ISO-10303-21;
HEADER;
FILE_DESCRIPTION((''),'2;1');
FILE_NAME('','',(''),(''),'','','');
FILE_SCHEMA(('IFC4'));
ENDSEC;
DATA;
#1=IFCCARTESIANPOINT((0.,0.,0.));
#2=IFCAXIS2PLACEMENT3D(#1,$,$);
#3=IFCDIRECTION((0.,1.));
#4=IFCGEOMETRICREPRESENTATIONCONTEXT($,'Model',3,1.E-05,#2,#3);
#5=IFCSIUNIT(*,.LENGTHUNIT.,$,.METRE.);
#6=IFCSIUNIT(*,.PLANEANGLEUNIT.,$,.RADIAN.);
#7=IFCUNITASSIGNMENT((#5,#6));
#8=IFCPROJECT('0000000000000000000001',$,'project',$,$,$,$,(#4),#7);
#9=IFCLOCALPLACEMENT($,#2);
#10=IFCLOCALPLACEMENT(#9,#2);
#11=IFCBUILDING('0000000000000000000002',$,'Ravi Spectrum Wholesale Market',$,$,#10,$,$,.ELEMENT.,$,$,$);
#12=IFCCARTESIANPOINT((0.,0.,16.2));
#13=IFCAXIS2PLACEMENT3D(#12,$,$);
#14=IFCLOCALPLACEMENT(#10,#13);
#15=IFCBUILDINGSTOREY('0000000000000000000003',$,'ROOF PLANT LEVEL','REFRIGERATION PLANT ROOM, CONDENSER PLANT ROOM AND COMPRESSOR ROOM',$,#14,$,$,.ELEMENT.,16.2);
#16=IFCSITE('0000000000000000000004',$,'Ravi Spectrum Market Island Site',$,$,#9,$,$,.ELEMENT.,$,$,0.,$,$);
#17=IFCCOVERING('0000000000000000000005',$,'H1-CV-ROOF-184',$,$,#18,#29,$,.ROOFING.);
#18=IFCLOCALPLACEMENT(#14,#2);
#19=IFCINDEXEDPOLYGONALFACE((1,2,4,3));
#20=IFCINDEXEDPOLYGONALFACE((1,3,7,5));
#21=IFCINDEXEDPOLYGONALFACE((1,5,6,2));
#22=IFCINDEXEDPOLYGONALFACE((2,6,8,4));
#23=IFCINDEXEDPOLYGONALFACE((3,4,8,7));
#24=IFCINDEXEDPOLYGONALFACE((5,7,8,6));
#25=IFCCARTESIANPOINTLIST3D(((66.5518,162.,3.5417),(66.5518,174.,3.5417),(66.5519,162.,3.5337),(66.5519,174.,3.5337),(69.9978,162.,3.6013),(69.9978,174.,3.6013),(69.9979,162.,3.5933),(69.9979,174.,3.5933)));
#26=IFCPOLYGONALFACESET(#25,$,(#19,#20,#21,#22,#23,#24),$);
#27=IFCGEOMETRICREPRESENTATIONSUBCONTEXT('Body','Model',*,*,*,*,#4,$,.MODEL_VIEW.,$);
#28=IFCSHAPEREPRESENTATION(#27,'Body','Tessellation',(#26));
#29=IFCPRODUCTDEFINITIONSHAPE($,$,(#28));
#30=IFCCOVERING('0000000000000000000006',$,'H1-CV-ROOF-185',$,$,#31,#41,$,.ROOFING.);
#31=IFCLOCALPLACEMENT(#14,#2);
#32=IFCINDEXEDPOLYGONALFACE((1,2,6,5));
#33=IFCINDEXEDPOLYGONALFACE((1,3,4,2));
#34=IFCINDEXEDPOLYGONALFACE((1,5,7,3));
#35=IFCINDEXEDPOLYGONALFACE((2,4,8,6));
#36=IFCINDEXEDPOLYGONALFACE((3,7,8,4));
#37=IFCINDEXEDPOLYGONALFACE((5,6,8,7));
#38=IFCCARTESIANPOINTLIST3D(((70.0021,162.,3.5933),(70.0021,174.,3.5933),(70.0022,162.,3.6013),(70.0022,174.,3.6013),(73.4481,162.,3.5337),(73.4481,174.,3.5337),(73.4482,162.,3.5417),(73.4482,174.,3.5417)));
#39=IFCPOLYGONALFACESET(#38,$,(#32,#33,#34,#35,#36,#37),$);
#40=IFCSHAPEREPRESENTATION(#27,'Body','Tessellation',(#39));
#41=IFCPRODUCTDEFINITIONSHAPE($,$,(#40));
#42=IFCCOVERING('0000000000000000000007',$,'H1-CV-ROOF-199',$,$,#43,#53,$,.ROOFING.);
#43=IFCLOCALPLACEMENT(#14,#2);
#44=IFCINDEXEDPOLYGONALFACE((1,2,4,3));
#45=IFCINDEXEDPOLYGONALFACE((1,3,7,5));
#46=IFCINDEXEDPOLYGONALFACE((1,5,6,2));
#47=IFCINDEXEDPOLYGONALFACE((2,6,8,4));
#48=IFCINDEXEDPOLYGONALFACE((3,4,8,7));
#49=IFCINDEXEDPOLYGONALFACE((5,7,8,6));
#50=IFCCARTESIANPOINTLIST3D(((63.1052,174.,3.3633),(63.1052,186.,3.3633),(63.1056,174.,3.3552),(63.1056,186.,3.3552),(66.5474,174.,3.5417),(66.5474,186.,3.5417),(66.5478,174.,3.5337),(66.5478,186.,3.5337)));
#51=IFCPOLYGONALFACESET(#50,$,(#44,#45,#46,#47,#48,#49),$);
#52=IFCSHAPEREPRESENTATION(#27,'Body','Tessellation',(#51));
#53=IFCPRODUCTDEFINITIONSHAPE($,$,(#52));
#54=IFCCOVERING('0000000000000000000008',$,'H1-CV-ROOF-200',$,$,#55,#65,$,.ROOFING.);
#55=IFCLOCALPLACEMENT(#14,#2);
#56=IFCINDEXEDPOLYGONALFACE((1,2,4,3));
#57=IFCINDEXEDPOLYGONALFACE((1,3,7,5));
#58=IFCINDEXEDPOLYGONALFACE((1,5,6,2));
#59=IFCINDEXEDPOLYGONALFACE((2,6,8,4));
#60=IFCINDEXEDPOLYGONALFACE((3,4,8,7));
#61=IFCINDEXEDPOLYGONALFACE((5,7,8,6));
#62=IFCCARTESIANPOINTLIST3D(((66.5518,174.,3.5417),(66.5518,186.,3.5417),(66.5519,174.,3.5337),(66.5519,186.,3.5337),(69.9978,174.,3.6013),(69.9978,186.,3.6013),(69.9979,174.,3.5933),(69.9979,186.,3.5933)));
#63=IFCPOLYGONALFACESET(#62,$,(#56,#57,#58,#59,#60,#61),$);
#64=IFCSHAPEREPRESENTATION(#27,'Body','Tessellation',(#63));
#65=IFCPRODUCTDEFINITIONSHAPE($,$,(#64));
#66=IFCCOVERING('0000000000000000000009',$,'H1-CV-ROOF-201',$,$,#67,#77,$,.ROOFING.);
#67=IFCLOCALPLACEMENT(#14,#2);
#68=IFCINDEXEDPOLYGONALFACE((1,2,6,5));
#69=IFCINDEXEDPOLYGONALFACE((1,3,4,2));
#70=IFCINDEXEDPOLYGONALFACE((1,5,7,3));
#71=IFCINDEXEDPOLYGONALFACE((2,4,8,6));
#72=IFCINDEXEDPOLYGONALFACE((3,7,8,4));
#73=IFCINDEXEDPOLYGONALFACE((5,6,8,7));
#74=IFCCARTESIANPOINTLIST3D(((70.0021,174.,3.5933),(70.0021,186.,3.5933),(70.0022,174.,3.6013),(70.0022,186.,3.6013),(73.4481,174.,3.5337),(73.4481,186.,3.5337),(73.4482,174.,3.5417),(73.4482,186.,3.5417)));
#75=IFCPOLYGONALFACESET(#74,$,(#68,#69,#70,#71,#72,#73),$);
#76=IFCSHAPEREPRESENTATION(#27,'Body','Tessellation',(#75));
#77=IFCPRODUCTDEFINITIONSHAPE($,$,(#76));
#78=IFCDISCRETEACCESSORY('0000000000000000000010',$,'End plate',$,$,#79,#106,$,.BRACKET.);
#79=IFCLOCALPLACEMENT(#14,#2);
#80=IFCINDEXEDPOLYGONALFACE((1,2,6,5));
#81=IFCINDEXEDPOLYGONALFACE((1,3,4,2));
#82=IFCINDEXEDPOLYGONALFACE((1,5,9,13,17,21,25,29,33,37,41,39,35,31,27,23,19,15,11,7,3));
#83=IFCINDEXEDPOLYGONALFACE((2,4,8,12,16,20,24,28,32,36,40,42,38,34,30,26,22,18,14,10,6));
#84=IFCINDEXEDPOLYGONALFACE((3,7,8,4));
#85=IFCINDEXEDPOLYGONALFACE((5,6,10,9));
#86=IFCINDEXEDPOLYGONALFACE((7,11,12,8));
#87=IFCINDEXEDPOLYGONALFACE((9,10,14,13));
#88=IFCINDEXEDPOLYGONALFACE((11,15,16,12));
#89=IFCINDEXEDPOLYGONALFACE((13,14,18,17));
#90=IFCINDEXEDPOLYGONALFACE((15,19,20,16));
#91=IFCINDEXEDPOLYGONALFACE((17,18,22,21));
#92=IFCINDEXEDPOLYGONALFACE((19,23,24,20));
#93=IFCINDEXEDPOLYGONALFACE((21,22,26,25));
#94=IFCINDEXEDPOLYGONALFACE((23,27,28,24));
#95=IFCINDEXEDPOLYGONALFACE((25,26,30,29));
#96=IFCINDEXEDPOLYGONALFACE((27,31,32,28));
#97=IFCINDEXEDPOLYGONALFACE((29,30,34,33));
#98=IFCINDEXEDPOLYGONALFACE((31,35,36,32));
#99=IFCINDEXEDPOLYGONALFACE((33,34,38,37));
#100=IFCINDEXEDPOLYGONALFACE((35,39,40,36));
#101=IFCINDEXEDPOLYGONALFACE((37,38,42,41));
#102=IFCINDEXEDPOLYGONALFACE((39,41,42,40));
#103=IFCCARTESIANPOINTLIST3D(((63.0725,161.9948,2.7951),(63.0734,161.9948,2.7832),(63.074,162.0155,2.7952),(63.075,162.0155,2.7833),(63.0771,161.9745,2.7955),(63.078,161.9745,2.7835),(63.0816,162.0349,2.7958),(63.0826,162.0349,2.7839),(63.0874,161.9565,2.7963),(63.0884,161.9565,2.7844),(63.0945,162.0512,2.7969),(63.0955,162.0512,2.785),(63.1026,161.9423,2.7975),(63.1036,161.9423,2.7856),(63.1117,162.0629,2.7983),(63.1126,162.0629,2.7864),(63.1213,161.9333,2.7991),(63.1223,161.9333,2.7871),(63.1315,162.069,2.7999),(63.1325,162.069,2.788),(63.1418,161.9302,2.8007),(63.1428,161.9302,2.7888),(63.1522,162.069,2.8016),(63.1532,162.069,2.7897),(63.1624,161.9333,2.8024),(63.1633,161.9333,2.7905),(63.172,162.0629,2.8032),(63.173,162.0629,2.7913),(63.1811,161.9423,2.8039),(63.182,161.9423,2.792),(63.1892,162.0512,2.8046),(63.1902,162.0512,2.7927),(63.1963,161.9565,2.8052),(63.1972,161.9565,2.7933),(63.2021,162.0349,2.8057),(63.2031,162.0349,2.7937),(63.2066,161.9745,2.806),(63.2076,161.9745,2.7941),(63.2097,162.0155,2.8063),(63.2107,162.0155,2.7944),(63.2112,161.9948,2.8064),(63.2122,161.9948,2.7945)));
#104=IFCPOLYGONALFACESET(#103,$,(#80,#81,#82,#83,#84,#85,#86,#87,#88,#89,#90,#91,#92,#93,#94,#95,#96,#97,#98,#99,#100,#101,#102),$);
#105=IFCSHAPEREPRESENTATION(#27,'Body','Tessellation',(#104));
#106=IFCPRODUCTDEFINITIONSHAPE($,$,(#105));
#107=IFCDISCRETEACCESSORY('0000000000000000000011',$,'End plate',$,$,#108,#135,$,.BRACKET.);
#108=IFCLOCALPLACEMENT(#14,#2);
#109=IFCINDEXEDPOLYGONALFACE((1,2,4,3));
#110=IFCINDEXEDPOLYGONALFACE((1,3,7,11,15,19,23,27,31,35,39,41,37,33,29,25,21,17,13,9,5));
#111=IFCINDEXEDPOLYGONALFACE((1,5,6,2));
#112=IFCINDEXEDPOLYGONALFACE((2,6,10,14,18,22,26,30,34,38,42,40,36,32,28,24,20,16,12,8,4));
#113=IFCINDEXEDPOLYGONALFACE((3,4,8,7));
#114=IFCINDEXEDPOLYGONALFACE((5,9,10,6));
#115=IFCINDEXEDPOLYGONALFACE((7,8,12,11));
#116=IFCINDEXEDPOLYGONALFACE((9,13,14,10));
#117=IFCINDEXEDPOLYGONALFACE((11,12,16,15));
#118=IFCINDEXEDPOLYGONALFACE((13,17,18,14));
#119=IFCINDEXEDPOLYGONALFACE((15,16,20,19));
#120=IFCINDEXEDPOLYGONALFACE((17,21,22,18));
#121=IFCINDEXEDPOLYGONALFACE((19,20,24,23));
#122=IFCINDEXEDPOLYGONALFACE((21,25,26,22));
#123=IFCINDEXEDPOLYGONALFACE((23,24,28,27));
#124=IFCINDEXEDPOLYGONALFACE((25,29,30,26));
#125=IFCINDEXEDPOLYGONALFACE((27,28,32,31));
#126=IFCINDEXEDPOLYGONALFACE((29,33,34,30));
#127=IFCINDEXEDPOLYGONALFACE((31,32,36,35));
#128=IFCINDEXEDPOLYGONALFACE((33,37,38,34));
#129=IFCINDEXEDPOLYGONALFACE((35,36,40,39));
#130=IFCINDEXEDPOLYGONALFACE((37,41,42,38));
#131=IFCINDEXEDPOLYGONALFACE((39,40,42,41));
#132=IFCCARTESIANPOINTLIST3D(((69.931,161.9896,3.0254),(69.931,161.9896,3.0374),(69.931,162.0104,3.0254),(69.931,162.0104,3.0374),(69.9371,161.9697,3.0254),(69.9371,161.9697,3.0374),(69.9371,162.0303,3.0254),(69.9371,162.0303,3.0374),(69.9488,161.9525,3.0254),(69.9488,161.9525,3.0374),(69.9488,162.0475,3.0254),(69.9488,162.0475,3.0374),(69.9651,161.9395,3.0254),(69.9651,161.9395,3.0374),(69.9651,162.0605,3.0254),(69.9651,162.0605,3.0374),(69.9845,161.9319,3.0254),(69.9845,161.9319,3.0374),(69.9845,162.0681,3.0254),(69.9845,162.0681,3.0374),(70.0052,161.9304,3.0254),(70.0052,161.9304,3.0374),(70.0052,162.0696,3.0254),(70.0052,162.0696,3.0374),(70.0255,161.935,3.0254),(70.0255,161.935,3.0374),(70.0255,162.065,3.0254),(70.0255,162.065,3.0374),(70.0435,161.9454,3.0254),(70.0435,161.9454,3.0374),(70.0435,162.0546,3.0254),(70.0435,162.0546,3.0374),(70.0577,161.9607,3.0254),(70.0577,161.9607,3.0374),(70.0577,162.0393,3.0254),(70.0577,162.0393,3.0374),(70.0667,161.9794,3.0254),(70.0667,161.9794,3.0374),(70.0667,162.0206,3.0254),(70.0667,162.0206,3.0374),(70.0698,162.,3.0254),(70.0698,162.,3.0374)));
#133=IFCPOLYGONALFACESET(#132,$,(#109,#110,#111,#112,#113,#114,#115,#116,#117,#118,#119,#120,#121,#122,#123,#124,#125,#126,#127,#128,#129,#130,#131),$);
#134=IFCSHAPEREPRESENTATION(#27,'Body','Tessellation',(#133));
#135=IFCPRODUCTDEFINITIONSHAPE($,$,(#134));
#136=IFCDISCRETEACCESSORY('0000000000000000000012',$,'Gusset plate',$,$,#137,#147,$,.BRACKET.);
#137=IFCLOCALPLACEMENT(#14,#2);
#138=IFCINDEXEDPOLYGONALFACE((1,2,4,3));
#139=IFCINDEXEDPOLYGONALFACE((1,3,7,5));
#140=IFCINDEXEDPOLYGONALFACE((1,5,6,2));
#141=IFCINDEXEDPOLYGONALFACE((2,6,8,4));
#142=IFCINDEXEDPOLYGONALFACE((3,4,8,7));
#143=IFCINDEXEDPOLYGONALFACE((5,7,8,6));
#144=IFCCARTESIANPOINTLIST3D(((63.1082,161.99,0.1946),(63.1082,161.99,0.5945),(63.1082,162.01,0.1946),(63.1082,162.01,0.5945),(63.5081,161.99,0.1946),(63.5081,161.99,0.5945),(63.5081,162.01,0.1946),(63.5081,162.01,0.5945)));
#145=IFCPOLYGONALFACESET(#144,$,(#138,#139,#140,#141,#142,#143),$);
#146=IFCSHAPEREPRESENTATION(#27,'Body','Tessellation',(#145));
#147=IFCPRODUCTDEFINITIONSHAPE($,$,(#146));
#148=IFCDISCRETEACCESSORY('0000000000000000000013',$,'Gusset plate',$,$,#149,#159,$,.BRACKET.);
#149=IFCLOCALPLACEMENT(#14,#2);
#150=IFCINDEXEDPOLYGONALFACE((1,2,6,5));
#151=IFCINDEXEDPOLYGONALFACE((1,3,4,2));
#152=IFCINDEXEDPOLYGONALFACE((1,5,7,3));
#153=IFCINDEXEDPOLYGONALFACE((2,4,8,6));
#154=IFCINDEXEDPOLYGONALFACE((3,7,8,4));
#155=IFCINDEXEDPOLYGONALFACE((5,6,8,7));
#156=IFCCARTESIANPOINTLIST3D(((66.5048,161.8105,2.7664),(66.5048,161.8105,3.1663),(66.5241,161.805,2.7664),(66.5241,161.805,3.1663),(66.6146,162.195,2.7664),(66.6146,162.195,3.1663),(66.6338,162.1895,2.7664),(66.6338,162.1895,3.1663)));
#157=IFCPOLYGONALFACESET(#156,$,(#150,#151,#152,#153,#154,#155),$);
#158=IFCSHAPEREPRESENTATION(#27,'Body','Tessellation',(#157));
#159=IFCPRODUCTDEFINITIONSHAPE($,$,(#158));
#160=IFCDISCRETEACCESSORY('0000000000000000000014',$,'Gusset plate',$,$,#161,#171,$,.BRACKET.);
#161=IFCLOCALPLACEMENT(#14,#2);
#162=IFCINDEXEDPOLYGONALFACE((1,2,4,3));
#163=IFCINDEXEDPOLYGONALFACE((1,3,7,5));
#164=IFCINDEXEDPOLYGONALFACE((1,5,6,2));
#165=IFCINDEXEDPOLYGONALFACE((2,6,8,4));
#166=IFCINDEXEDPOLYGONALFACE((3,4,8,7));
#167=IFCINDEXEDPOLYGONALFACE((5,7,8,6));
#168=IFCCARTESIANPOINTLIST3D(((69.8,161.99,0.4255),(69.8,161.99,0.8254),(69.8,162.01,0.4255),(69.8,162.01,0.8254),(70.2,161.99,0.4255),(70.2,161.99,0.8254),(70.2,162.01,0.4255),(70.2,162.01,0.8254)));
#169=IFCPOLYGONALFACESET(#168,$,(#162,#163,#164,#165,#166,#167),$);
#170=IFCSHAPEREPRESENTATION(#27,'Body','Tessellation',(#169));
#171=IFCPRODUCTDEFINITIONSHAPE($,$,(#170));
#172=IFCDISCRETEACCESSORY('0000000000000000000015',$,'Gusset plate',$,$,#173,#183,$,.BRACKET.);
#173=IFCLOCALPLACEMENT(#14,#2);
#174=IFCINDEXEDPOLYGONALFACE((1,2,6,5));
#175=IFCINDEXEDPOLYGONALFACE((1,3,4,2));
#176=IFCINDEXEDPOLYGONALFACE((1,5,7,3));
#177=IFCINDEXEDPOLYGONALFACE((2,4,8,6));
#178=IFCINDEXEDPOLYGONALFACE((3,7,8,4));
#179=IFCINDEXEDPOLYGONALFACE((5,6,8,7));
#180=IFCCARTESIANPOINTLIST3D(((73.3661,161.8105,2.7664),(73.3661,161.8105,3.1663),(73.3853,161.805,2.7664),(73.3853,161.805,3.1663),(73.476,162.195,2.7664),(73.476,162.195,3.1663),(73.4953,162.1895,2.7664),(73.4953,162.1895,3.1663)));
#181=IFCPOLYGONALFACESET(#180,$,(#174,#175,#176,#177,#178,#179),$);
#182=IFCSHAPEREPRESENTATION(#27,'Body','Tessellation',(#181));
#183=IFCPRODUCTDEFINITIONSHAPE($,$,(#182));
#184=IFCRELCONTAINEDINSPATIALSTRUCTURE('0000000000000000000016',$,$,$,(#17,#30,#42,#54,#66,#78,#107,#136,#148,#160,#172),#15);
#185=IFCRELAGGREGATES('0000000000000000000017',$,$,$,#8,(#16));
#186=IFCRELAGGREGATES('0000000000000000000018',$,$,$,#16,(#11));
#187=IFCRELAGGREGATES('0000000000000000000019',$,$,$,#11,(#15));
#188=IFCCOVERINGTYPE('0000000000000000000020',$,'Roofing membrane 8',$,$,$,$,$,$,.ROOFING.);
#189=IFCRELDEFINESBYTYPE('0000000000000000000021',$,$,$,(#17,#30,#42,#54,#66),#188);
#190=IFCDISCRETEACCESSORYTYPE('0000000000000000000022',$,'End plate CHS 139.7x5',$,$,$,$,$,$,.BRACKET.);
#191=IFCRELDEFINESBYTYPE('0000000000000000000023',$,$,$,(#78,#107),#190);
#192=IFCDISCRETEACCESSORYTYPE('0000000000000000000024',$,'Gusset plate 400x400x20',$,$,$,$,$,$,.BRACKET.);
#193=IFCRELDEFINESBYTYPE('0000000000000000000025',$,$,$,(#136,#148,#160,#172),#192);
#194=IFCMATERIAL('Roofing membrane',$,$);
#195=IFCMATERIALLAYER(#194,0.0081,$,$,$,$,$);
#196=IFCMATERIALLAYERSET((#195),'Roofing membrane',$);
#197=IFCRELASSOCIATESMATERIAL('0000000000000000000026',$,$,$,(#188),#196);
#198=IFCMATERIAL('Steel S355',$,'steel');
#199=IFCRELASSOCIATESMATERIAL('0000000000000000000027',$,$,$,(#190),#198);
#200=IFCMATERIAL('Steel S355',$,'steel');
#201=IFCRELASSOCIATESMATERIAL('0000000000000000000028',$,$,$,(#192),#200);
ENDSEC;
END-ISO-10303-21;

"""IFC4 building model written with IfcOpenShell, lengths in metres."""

from ifc_helpers import new_model, si_unit, direction, frame, origin, origin_2d, place, context, subcontext, project, spatial, polyline, rectangle, circle, outline, extrude, material, layer, layer_set, material_profile, profile_set, type_object, element, save


model = new_model("IFC4")

# Units and contexts
model_context = context("Model", 3, precision=1e-05, world=origin(), true_north=direction((0.0, 1.0)))
body_context = subcontext(model_context, "Body", "Model", "MODEL_VIEW")
ifc_project = project(units=[si_unit("LENGTHUNIT", "METRE"), si_unit("PLANEANGLEUNIT", "RADIAN")], contexts=[model_context])

# Site, building, storey
site_placement = place(None, origin())
site = spatial("IfcSite", under=ifc_project, at=site_placement, Name="Ravi Spectrum Market Island Site", CompositionType="ELEMENT", RefElevation=0.0)
building_placement = place(site_placement, origin())
building = spatial("IfcBuilding", under=site, at=building_placement, Name="Ravi Spectrum Wholesale Market", CompositionType="ELEMENT")
storey_placement = place(building_placement, frame((0.0, 0.0, 16.2)))
storey = spatial("IfcBuildingStorey", under=building, at=storey_placement, Name="ROOF PLANT LEVEL", Description="REFRIGERATION PLANT ROOM, CONDENSER PLANT ROOM AND COMPRESSOR ROOM", CompositionType="ELEMENT", Elevation=16.2)

# Coverings
ifc_material_1 = material(Name="Roofing membrane")
ifc_layer_1 = layer(ifc_material_1, 0.0081)
ifc_layer_set_1 = layer_set([ifc_layer_1], Name="Roofing membrane")
covering_type = type_object("IfcCoveringType", Name="Roofing membrane 8", PredefinedType="ROOFING", material=ifc_layer_set_1)
for number, where, z_axis, x_axis, name in (
    (1, (66.5518, 162.0, 3.5417), (-0.017284, 0.0, 0.999851), (0.999851, 0.0, 0.017284), "H1-CV-ROOF-184"),
    (2, (70.0022, 162.0, 3.6013), (0.017284, 0.0, 0.999851), (0.999851, 0.0, -0.017284), "H1-CV-ROOF-185"),
):
    element("IfcCovering", number, at=place(storey_placement, frame(where, z_axis=z_axis, x_axis=x_axis)), inside=storey, type_object=covering_type, Name=name, PredefinedType="ROOFING", context=body_context, shape_type="SweptSolid", body=[
        extrude(outline(polyline([(0.0, 0.0), (3.4466, 0.0), (3.4466, 12.0), (0.0, 12.0), (0.0, 0.0)])), origin(), (0.0, 0.0, -1.0), 0.0081),
    ])
covering_placement = place(storey_placement, frame((63.1052, 174.0, 3.3633), z_axis=(-0.051778, 0.0, 0.998659), x_axis=(0.998659, 0.0, 0.051778)))
element("IfcCovering", 3, at=covering_placement, inside=storey, type_object=covering_type, Name="H1-CV-ROOF-199", PredefinedType="ROOFING", context=body_context, shape_type="SweptSolid", body=[
    extrude(outline(polyline([(0.0, 0.0), (3.4468, 0.0), (3.4468, 12.0), (0.0, 12.0), (0.0, 0.0)])), origin(), (0.0, 0.0, -1.0), 0.0081),
])
for number, where, z_axis, x_axis, name in (
    (4, (66.5518, 174.0, 3.5417), (-0.017284, 0.0, 0.999851), (0.999851, 0.0, 0.017284), "H1-CV-ROOF-200"),
    (5, (70.0022, 174.0, 3.6013), (0.017284, 0.0, 0.999851), (0.999851, 0.0, -0.017284), "H1-CV-ROOF-201"),
):
    element("IfcCovering", number, at=place(storey_placement, frame(where, z_axis=z_axis, x_axis=x_axis)), inside=storey, type_object=covering_type, Name=name, PredefinedType="ROOFING", context=body_context, shape_type="SweptSolid", body=[
        extrude(outline(polyline([(0.0, 0.0), (3.4466, 0.0), (3.4466, 12.0), (0.0, 12.0), (0.0, 0.0)])), origin(), (0.0, 0.0, -1.0), 0.0081),
    ])

# Discrete accessories
ifc_material_2 = material(Name="Steel S355", Category="steel")
ifc_material_profile_1 = material_profile(ifc_material_2, circle(Radius=0.0698, at=origin_2d()))
ifc_profile_set_1 = profile_set([ifc_material_profile_1], Name="Steel S355")
discrete_accessory_type_1 = type_object("IfcDiscreteAccessoryType", Name="End plate CHS 139.7x5", PredefinedType="BRACKET", material=ifc_profile_set_1)
for number, where, z_axis, x_axis, name in (
    (6, (63.1428, 162.0, 2.7888), (-0.081362, 0.0, 0.996685), (0.0, -1.0, 0.0), "End plate"),
    (7, (70.0, 162.0, 3.0254), (0.0, 0.0, 1.0), (1.0, 0.0, 0.0), "End plate"),
):
    element("IfcDiscreteAccessory", number, at=place(storey_placement, frame(where, z_axis=z_axis, x_axis=x_axis)), inside=storey, type_object=discrete_accessory_type_1, Name=name, PredefinedType="BRACKET", context=body_context, shape_type="SweptSolid", body=[
        extrude(circle(Radius=0.0698, at=origin_2d()), origin(), (0.0, 0.0, 1.0), 0.012),
    ])
ifc_material_3 = material(Name="Steel S355", Category="steel")
ifc_material_profile_2 = material_profile(ifc_material_3, rectangle(XDim=0.3999, YDim=0.02, at=origin_2d()))
ifc_profile_set_2 = profile_set([ifc_material_profile_2], Name="Steel S355")
discrete_accessory_type_2 = type_object("IfcDiscreteAccessoryType", Name="Gusset plate 400x400x20", PredefinedType="BRACKET", material=ifc_profile_set_2)
for number, where, z_axis, x_axis, name in (
    (8, (63.3081, 162.0, 0.1946), (0.0, 0.0, 1.0), (1.0, 0.0, 0.0), "Gusset plate"),
    (9, (66.5693, 162.0, 2.7664), (0.0, 0.0, 1.0), (0.274445, 0.961603, 0.0), "Gusset plate"),
    (10, (70.0, 162.0, 0.4255), (0.0, 0.0, 1.0), (1.0, 0.0, 0.0), "Gusset plate"),
    (11, (73.4307, 162.0, 2.7664), (0.0, 0.0, 1.0), (0.274877, 0.961479, 0.0), "Gusset plate"),
):
    element("IfcDiscreteAccessory", number, at=place(storey_placement, frame(where, z_axis=z_axis, x_axis=x_axis)), inside=storey, type_object=discrete_accessory_type_2, Name=name, PredefinedType="BRACKET", context=body_context, shape_type="SweptSolid", body=[
        extrude(rectangle(XDim=0.3999, YDim=0.02, at=origin_2d()), origin(), (0.0, 0.0, 1.0), 0.3999),
    ])

save(model, "model.ifc")
